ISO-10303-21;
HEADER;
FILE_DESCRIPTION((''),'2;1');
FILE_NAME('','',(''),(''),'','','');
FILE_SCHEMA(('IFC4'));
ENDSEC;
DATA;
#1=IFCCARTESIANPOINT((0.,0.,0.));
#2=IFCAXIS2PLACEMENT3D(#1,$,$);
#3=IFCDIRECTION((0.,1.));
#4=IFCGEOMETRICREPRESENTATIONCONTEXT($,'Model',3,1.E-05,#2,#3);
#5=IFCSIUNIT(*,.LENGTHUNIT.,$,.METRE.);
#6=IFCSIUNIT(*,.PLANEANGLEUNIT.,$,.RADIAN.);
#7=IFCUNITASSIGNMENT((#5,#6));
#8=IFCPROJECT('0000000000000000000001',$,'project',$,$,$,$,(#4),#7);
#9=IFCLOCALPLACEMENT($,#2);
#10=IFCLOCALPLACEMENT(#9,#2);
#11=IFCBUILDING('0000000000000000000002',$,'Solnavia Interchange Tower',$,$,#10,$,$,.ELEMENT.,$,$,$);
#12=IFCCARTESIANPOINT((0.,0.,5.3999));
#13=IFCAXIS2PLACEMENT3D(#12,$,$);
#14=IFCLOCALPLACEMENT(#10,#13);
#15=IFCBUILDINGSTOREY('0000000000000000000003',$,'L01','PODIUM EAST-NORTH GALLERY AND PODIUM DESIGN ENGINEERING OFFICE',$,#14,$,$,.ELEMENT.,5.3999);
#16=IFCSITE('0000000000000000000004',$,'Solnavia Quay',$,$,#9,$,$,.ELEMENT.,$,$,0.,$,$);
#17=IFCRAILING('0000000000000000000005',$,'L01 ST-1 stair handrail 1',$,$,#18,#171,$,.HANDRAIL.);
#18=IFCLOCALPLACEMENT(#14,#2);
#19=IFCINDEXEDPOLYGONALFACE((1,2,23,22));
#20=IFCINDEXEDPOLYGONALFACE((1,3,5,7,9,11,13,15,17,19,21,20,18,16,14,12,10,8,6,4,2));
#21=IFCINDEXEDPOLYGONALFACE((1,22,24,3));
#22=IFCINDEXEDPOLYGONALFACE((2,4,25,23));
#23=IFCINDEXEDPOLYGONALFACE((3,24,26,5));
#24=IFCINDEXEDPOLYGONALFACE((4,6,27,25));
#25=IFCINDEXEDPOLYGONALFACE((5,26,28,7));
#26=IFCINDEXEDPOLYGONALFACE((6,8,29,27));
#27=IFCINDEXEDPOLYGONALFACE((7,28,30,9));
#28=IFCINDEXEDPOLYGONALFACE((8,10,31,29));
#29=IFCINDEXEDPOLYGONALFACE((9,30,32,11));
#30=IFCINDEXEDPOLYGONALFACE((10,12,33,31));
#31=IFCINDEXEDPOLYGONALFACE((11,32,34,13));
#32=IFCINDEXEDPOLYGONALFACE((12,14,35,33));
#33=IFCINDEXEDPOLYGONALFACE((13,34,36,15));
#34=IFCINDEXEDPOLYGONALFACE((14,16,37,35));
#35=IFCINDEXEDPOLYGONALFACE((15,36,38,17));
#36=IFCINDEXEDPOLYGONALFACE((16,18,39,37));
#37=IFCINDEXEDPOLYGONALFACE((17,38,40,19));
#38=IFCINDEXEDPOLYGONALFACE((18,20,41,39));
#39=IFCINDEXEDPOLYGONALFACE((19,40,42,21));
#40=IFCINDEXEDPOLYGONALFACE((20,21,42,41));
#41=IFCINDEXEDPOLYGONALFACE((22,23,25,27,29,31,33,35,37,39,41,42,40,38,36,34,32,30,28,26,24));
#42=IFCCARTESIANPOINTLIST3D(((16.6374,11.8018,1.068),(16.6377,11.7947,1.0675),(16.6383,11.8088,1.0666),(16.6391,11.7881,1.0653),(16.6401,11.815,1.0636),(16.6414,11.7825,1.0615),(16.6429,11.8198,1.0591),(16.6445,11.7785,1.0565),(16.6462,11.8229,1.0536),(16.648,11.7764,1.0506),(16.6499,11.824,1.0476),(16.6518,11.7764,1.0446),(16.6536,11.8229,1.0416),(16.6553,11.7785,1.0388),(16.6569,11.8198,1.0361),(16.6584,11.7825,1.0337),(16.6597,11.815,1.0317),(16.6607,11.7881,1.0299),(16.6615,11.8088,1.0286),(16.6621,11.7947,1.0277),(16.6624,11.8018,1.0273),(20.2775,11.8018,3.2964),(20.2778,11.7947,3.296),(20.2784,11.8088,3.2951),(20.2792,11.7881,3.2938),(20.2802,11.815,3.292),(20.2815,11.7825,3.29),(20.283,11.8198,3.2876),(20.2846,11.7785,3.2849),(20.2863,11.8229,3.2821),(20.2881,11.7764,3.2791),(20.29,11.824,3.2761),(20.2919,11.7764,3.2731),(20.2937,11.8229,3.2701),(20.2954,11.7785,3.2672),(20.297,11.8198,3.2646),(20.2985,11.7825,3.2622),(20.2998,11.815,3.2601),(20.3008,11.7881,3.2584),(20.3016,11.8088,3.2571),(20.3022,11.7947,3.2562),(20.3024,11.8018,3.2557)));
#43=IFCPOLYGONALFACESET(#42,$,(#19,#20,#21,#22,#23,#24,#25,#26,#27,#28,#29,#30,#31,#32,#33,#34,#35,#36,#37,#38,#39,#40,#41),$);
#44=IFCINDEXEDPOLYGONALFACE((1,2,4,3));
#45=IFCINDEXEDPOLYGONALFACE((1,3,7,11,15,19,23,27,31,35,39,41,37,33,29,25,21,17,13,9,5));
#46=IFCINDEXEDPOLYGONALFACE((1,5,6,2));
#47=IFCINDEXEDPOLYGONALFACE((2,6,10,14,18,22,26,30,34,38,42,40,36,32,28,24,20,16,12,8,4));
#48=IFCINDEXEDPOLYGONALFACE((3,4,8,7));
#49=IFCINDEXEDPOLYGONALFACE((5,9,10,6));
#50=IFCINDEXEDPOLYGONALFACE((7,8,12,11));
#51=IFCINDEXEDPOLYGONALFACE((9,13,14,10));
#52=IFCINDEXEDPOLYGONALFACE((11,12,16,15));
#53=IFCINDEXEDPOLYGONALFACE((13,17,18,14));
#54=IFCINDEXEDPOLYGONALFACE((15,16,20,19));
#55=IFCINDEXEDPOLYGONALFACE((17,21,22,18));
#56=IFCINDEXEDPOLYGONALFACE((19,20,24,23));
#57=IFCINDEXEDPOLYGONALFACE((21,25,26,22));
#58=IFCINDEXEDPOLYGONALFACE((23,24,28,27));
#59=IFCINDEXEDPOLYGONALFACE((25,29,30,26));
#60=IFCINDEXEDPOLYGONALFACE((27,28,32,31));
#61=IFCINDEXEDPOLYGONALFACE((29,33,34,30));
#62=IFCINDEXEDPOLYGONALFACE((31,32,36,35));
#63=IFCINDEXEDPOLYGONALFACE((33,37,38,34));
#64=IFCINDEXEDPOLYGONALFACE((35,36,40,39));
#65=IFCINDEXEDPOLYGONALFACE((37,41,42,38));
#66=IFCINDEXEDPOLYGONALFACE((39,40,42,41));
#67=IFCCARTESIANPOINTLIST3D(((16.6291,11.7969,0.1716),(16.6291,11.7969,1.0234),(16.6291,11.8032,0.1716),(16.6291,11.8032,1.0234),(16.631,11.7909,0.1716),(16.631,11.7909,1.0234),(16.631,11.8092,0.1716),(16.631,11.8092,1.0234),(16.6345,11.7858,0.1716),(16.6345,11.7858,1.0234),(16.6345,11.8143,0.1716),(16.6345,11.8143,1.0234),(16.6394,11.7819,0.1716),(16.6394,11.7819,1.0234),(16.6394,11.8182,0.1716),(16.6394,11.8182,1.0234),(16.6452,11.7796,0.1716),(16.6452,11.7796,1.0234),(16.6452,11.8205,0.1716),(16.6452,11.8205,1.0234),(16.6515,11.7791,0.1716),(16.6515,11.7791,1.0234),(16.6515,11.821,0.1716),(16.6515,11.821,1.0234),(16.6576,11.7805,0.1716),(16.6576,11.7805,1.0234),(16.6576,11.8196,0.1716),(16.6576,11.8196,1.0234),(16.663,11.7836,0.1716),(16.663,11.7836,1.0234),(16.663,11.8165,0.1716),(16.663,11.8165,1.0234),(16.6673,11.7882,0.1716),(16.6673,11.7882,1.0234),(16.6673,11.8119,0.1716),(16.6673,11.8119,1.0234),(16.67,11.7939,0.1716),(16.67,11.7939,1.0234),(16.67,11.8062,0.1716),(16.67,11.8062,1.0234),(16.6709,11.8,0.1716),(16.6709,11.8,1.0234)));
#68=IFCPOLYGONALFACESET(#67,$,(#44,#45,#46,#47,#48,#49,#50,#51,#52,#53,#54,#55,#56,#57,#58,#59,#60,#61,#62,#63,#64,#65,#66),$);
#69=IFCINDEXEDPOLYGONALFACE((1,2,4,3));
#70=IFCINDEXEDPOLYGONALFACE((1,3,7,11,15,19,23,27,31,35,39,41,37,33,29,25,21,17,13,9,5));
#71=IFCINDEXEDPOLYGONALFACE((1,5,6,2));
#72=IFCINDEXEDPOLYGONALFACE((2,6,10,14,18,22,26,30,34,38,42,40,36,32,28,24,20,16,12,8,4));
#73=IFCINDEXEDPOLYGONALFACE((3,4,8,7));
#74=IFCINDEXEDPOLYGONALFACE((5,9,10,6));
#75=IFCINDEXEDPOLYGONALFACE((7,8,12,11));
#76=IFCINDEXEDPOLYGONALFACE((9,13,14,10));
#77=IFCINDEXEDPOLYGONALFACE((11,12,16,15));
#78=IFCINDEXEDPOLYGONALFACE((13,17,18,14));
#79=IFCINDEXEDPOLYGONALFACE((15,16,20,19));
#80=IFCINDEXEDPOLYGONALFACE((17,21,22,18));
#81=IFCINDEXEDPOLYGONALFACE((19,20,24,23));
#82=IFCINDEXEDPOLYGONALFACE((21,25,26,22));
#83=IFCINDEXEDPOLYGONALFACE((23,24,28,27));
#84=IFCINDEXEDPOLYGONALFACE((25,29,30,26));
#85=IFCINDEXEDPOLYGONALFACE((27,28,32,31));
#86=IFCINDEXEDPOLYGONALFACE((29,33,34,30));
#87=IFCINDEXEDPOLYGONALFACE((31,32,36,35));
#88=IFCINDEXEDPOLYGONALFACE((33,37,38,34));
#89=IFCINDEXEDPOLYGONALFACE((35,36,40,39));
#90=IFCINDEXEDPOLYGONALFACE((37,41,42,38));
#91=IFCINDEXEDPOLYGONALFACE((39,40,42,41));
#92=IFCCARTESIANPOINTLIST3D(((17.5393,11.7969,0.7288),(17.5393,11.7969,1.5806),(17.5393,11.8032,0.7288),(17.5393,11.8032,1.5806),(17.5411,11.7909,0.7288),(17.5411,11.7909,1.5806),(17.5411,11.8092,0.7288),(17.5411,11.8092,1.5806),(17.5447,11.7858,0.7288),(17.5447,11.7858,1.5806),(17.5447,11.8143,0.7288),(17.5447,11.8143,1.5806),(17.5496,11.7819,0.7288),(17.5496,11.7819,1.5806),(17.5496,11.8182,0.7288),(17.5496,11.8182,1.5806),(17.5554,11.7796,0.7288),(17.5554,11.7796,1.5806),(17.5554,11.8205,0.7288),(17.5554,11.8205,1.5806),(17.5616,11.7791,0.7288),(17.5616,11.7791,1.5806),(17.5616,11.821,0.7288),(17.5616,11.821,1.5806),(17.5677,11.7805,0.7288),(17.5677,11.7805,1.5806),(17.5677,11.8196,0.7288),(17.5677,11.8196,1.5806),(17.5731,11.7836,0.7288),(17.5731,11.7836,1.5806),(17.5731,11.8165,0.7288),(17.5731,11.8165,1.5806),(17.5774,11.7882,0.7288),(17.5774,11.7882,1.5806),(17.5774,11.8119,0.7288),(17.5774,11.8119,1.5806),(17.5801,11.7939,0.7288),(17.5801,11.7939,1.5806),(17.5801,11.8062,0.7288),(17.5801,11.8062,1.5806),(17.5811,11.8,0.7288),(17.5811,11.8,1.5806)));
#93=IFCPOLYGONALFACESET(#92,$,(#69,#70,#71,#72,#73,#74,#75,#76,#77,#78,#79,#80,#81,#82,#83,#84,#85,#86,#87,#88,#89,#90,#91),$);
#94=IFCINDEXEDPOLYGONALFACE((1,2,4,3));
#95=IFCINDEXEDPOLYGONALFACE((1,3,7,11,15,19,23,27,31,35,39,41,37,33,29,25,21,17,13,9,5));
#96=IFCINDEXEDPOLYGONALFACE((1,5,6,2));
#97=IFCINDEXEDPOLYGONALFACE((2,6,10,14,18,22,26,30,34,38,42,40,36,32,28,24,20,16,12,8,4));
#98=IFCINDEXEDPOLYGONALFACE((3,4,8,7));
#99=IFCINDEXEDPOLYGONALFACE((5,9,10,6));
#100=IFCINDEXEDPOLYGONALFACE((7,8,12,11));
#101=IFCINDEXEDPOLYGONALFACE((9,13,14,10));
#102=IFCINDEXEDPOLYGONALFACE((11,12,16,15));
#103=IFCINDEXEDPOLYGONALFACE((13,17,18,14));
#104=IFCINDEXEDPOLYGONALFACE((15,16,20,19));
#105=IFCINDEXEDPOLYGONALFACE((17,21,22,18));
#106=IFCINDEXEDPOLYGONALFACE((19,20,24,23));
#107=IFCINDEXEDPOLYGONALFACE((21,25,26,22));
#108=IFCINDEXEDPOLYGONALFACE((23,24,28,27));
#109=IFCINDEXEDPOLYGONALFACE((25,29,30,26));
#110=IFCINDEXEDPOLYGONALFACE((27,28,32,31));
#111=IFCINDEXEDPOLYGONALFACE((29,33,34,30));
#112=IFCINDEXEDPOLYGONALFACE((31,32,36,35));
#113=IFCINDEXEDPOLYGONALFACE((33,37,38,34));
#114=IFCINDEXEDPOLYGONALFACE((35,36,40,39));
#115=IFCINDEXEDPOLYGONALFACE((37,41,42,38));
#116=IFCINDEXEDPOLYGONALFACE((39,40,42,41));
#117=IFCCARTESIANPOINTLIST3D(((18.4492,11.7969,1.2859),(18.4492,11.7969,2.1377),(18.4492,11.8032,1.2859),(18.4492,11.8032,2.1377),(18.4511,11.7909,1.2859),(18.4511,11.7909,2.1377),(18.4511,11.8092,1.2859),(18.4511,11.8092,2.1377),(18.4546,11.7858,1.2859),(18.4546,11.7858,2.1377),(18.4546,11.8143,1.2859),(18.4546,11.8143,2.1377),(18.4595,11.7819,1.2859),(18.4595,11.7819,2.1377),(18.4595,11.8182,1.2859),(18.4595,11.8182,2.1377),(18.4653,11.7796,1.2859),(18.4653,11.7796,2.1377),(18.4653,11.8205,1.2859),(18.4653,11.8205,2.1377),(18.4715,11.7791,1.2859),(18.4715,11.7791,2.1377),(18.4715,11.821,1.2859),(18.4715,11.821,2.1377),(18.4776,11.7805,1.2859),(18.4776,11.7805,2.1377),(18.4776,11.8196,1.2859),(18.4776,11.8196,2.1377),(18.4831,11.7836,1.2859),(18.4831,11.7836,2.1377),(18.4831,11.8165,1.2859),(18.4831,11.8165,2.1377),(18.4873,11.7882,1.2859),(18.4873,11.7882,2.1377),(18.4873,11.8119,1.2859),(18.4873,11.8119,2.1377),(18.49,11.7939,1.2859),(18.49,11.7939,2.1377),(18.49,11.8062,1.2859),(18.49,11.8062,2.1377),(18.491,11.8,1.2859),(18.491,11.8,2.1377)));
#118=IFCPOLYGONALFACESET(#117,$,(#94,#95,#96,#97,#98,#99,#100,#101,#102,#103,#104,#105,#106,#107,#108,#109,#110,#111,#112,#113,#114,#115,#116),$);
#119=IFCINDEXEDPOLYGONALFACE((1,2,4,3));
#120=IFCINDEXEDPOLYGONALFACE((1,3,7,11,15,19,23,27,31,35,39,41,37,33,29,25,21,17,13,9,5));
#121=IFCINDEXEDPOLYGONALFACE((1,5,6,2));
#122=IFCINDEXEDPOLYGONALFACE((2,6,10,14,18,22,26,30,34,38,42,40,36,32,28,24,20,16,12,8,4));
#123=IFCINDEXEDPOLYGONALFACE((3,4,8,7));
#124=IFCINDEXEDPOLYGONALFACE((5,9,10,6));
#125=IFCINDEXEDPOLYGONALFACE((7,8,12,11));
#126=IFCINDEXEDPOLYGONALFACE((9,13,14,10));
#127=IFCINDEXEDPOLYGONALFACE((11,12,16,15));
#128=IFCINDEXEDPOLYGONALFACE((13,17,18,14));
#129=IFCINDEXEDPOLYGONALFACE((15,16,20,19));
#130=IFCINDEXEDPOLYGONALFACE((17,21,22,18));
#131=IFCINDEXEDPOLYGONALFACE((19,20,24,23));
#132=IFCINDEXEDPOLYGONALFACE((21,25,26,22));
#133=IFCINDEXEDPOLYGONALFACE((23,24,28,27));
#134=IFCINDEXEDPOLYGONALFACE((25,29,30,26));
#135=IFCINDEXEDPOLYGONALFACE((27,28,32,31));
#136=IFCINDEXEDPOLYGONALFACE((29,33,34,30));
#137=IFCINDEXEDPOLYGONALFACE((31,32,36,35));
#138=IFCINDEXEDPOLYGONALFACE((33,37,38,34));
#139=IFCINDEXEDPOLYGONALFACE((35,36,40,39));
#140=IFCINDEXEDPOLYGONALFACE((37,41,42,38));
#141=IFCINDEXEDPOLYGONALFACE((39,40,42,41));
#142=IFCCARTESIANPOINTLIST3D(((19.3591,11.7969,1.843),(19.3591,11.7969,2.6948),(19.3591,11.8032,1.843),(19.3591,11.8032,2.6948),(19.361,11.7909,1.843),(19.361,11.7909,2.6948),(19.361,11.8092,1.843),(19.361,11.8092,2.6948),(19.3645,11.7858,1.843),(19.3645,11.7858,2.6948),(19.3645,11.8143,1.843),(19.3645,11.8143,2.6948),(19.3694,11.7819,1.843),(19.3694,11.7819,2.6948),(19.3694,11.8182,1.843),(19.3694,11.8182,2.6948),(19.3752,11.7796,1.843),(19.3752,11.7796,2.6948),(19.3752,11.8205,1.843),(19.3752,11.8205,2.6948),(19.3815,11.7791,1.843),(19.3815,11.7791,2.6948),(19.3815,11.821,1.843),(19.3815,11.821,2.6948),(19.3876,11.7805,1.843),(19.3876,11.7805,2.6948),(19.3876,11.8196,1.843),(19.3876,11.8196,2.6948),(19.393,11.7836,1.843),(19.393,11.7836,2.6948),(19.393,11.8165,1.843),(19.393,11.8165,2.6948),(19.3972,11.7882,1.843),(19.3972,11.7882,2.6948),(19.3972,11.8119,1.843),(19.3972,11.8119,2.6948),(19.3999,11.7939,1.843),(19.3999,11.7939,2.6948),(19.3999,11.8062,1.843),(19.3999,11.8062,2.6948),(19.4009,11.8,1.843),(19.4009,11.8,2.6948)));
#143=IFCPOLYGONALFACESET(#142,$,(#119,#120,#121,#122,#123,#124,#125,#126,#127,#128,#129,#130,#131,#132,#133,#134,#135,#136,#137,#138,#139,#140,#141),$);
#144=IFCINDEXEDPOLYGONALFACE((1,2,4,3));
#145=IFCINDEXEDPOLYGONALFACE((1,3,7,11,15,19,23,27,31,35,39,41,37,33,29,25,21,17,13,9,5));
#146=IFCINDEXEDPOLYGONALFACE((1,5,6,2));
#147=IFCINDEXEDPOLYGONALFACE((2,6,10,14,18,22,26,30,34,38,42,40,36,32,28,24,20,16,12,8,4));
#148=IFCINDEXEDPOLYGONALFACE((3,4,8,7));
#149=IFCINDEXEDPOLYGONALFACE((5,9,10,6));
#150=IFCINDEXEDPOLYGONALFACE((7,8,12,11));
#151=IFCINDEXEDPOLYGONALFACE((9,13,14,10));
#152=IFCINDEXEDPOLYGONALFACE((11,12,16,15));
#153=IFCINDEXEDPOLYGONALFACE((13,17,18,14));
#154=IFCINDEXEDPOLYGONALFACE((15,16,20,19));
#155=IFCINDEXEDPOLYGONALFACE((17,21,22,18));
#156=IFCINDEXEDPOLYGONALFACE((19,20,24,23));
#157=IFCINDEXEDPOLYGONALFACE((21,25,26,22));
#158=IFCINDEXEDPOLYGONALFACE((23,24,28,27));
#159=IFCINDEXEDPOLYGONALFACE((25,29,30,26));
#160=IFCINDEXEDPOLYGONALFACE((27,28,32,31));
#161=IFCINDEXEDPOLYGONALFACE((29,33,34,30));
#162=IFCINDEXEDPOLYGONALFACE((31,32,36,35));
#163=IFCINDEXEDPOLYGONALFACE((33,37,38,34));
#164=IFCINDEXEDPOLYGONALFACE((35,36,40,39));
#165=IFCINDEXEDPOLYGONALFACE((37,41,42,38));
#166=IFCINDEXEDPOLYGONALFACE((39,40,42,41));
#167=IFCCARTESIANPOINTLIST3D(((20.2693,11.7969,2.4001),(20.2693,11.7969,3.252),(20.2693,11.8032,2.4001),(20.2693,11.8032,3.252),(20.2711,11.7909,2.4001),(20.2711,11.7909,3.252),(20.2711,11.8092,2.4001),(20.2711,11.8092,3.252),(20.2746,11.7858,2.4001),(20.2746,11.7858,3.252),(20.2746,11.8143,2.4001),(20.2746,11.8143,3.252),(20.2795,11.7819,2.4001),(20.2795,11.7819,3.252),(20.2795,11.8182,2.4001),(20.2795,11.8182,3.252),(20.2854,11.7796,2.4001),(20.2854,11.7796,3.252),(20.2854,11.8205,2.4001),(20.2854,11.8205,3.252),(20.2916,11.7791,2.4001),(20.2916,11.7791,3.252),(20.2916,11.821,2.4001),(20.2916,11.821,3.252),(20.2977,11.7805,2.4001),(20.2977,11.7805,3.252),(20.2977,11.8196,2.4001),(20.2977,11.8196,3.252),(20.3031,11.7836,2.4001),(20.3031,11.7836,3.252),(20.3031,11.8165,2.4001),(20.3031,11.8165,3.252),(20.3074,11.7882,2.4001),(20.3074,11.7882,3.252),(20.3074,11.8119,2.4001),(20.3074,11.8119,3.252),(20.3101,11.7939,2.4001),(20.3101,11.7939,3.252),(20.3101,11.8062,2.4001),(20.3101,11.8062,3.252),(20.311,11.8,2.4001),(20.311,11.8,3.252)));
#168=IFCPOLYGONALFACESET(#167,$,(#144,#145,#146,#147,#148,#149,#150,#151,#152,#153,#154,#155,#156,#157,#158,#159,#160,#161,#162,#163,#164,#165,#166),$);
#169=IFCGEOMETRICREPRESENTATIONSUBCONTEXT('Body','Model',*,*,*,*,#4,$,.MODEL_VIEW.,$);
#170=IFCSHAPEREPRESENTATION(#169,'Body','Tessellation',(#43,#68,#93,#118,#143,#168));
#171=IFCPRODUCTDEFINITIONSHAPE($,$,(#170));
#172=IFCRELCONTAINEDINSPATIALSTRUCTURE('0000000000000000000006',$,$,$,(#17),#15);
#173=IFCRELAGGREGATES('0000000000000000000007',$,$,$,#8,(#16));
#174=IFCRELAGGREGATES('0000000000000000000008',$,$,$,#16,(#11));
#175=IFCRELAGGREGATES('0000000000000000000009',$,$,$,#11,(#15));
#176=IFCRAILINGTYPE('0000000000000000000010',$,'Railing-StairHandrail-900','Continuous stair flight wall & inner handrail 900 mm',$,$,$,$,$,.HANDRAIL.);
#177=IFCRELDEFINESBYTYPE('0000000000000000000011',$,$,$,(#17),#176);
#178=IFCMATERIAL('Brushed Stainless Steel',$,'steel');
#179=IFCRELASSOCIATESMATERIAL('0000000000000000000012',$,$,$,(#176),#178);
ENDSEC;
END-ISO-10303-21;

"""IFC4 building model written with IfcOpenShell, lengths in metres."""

from ifc_helpers import new_model, si_unit, direction, frame, origin, origin_2d, place, context, subcontext, project, spatial, circle, extrude, material, type_object, element, save


model = new_model("IFC4")

# Units and contexts
model_context = context("Model", 3, precision=1e-05, world=origin(), true_north=direction((0.0, 1.0)))
body_context = subcontext(model_context, "Body", "Model", "MODEL_VIEW")
ifc_project = project(units=[si_unit("LENGTHUNIT", "METRE"), si_unit("PLANEANGLEUNIT", "RADIAN")], contexts=[model_context])

# Site, building, storey
site_placement = place(None, origin())
site = spatial("IfcSite", under=ifc_project, at=site_placement, Name="Solnavia Quay", CompositionType="ELEMENT", RefElevation=0.0)
building_placement = place(site_placement, origin())
building = spatial("IfcBuilding", under=site, at=building_placement, Name="Solnavia Interchange Tower", CompositionType="ELEMENT")
storey_placement = place(building_placement, frame((0.0, 0.0, 5.3999)))
storey = spatial("IfcBuildingStorey", under=building, at=storey_placement, Name="L01", Description="PODIUM EAST-NORTH GALLERY AND PODIUM DESIGN ENGINEERING OFFICE", CompositionType="ELEMENT", Elevation=5.3999)

# Railing
ifc_material_1 = material(Name="Brushed Stainless Steel", Category="steel")
railing_type_1 = type_object("IfcRailingType", Name="Railing-StairHandrail-900", Description="Continuous stair flight wall & inner handrail 900 mm", PredefinedType="HANDRAIL", material=ifc_material_1)
railing_1_placement = place(storey_placement, frame((16.6499, 11.8, 0.1716)))
element("IfcRailing", 1, at=railing_1_placement, inside=storey, type_object=railing_type_1, Name="L01 ST-1 stair handrail 1", PredefinedType="HANDRAIL", context=body_context, shape_type="SweptSolid", body=[
    extrude(circle(Radius=0.0239, at=origin_2d()), frame((0.0, 0.0, 0.876), z_axis=(0.852866, 0.0, 0.52213), x_axis=(0.0, 1.0, 0.0)), (0.0, 0.0, 1.0), 4.2681),
    extrude(circle(Radius=0.021, at=origin_2d()), origin(), (0.0, 0.0, 1.0), 0.8518),
    extrude(circle(Radius=0.021, at=origin_2d()), frame((0.9102, 0.0, 0.5571)), (0.0, 0.0, 1.0), 0.8518),
    extrude(circle(Radius=0.021, at=origin_2d()), frame((1.8201, 0.0, 1.1143)), (0.0, 0.0, 1.0), 0.8518),
    extrude(circle(Radius=0.021, at=origin_2d()), frame((2.73, 0.0, 1.6714)), (0.0, 0.0, 1.0), 0.8518),
    extrude(circle(Radius=0.021, at=origin_2d()), frame((3.6401, 0.0, 2.2285)), (0.0, 0.0, 1.0), 0.8518),
])

save(model, "model.ifc")
